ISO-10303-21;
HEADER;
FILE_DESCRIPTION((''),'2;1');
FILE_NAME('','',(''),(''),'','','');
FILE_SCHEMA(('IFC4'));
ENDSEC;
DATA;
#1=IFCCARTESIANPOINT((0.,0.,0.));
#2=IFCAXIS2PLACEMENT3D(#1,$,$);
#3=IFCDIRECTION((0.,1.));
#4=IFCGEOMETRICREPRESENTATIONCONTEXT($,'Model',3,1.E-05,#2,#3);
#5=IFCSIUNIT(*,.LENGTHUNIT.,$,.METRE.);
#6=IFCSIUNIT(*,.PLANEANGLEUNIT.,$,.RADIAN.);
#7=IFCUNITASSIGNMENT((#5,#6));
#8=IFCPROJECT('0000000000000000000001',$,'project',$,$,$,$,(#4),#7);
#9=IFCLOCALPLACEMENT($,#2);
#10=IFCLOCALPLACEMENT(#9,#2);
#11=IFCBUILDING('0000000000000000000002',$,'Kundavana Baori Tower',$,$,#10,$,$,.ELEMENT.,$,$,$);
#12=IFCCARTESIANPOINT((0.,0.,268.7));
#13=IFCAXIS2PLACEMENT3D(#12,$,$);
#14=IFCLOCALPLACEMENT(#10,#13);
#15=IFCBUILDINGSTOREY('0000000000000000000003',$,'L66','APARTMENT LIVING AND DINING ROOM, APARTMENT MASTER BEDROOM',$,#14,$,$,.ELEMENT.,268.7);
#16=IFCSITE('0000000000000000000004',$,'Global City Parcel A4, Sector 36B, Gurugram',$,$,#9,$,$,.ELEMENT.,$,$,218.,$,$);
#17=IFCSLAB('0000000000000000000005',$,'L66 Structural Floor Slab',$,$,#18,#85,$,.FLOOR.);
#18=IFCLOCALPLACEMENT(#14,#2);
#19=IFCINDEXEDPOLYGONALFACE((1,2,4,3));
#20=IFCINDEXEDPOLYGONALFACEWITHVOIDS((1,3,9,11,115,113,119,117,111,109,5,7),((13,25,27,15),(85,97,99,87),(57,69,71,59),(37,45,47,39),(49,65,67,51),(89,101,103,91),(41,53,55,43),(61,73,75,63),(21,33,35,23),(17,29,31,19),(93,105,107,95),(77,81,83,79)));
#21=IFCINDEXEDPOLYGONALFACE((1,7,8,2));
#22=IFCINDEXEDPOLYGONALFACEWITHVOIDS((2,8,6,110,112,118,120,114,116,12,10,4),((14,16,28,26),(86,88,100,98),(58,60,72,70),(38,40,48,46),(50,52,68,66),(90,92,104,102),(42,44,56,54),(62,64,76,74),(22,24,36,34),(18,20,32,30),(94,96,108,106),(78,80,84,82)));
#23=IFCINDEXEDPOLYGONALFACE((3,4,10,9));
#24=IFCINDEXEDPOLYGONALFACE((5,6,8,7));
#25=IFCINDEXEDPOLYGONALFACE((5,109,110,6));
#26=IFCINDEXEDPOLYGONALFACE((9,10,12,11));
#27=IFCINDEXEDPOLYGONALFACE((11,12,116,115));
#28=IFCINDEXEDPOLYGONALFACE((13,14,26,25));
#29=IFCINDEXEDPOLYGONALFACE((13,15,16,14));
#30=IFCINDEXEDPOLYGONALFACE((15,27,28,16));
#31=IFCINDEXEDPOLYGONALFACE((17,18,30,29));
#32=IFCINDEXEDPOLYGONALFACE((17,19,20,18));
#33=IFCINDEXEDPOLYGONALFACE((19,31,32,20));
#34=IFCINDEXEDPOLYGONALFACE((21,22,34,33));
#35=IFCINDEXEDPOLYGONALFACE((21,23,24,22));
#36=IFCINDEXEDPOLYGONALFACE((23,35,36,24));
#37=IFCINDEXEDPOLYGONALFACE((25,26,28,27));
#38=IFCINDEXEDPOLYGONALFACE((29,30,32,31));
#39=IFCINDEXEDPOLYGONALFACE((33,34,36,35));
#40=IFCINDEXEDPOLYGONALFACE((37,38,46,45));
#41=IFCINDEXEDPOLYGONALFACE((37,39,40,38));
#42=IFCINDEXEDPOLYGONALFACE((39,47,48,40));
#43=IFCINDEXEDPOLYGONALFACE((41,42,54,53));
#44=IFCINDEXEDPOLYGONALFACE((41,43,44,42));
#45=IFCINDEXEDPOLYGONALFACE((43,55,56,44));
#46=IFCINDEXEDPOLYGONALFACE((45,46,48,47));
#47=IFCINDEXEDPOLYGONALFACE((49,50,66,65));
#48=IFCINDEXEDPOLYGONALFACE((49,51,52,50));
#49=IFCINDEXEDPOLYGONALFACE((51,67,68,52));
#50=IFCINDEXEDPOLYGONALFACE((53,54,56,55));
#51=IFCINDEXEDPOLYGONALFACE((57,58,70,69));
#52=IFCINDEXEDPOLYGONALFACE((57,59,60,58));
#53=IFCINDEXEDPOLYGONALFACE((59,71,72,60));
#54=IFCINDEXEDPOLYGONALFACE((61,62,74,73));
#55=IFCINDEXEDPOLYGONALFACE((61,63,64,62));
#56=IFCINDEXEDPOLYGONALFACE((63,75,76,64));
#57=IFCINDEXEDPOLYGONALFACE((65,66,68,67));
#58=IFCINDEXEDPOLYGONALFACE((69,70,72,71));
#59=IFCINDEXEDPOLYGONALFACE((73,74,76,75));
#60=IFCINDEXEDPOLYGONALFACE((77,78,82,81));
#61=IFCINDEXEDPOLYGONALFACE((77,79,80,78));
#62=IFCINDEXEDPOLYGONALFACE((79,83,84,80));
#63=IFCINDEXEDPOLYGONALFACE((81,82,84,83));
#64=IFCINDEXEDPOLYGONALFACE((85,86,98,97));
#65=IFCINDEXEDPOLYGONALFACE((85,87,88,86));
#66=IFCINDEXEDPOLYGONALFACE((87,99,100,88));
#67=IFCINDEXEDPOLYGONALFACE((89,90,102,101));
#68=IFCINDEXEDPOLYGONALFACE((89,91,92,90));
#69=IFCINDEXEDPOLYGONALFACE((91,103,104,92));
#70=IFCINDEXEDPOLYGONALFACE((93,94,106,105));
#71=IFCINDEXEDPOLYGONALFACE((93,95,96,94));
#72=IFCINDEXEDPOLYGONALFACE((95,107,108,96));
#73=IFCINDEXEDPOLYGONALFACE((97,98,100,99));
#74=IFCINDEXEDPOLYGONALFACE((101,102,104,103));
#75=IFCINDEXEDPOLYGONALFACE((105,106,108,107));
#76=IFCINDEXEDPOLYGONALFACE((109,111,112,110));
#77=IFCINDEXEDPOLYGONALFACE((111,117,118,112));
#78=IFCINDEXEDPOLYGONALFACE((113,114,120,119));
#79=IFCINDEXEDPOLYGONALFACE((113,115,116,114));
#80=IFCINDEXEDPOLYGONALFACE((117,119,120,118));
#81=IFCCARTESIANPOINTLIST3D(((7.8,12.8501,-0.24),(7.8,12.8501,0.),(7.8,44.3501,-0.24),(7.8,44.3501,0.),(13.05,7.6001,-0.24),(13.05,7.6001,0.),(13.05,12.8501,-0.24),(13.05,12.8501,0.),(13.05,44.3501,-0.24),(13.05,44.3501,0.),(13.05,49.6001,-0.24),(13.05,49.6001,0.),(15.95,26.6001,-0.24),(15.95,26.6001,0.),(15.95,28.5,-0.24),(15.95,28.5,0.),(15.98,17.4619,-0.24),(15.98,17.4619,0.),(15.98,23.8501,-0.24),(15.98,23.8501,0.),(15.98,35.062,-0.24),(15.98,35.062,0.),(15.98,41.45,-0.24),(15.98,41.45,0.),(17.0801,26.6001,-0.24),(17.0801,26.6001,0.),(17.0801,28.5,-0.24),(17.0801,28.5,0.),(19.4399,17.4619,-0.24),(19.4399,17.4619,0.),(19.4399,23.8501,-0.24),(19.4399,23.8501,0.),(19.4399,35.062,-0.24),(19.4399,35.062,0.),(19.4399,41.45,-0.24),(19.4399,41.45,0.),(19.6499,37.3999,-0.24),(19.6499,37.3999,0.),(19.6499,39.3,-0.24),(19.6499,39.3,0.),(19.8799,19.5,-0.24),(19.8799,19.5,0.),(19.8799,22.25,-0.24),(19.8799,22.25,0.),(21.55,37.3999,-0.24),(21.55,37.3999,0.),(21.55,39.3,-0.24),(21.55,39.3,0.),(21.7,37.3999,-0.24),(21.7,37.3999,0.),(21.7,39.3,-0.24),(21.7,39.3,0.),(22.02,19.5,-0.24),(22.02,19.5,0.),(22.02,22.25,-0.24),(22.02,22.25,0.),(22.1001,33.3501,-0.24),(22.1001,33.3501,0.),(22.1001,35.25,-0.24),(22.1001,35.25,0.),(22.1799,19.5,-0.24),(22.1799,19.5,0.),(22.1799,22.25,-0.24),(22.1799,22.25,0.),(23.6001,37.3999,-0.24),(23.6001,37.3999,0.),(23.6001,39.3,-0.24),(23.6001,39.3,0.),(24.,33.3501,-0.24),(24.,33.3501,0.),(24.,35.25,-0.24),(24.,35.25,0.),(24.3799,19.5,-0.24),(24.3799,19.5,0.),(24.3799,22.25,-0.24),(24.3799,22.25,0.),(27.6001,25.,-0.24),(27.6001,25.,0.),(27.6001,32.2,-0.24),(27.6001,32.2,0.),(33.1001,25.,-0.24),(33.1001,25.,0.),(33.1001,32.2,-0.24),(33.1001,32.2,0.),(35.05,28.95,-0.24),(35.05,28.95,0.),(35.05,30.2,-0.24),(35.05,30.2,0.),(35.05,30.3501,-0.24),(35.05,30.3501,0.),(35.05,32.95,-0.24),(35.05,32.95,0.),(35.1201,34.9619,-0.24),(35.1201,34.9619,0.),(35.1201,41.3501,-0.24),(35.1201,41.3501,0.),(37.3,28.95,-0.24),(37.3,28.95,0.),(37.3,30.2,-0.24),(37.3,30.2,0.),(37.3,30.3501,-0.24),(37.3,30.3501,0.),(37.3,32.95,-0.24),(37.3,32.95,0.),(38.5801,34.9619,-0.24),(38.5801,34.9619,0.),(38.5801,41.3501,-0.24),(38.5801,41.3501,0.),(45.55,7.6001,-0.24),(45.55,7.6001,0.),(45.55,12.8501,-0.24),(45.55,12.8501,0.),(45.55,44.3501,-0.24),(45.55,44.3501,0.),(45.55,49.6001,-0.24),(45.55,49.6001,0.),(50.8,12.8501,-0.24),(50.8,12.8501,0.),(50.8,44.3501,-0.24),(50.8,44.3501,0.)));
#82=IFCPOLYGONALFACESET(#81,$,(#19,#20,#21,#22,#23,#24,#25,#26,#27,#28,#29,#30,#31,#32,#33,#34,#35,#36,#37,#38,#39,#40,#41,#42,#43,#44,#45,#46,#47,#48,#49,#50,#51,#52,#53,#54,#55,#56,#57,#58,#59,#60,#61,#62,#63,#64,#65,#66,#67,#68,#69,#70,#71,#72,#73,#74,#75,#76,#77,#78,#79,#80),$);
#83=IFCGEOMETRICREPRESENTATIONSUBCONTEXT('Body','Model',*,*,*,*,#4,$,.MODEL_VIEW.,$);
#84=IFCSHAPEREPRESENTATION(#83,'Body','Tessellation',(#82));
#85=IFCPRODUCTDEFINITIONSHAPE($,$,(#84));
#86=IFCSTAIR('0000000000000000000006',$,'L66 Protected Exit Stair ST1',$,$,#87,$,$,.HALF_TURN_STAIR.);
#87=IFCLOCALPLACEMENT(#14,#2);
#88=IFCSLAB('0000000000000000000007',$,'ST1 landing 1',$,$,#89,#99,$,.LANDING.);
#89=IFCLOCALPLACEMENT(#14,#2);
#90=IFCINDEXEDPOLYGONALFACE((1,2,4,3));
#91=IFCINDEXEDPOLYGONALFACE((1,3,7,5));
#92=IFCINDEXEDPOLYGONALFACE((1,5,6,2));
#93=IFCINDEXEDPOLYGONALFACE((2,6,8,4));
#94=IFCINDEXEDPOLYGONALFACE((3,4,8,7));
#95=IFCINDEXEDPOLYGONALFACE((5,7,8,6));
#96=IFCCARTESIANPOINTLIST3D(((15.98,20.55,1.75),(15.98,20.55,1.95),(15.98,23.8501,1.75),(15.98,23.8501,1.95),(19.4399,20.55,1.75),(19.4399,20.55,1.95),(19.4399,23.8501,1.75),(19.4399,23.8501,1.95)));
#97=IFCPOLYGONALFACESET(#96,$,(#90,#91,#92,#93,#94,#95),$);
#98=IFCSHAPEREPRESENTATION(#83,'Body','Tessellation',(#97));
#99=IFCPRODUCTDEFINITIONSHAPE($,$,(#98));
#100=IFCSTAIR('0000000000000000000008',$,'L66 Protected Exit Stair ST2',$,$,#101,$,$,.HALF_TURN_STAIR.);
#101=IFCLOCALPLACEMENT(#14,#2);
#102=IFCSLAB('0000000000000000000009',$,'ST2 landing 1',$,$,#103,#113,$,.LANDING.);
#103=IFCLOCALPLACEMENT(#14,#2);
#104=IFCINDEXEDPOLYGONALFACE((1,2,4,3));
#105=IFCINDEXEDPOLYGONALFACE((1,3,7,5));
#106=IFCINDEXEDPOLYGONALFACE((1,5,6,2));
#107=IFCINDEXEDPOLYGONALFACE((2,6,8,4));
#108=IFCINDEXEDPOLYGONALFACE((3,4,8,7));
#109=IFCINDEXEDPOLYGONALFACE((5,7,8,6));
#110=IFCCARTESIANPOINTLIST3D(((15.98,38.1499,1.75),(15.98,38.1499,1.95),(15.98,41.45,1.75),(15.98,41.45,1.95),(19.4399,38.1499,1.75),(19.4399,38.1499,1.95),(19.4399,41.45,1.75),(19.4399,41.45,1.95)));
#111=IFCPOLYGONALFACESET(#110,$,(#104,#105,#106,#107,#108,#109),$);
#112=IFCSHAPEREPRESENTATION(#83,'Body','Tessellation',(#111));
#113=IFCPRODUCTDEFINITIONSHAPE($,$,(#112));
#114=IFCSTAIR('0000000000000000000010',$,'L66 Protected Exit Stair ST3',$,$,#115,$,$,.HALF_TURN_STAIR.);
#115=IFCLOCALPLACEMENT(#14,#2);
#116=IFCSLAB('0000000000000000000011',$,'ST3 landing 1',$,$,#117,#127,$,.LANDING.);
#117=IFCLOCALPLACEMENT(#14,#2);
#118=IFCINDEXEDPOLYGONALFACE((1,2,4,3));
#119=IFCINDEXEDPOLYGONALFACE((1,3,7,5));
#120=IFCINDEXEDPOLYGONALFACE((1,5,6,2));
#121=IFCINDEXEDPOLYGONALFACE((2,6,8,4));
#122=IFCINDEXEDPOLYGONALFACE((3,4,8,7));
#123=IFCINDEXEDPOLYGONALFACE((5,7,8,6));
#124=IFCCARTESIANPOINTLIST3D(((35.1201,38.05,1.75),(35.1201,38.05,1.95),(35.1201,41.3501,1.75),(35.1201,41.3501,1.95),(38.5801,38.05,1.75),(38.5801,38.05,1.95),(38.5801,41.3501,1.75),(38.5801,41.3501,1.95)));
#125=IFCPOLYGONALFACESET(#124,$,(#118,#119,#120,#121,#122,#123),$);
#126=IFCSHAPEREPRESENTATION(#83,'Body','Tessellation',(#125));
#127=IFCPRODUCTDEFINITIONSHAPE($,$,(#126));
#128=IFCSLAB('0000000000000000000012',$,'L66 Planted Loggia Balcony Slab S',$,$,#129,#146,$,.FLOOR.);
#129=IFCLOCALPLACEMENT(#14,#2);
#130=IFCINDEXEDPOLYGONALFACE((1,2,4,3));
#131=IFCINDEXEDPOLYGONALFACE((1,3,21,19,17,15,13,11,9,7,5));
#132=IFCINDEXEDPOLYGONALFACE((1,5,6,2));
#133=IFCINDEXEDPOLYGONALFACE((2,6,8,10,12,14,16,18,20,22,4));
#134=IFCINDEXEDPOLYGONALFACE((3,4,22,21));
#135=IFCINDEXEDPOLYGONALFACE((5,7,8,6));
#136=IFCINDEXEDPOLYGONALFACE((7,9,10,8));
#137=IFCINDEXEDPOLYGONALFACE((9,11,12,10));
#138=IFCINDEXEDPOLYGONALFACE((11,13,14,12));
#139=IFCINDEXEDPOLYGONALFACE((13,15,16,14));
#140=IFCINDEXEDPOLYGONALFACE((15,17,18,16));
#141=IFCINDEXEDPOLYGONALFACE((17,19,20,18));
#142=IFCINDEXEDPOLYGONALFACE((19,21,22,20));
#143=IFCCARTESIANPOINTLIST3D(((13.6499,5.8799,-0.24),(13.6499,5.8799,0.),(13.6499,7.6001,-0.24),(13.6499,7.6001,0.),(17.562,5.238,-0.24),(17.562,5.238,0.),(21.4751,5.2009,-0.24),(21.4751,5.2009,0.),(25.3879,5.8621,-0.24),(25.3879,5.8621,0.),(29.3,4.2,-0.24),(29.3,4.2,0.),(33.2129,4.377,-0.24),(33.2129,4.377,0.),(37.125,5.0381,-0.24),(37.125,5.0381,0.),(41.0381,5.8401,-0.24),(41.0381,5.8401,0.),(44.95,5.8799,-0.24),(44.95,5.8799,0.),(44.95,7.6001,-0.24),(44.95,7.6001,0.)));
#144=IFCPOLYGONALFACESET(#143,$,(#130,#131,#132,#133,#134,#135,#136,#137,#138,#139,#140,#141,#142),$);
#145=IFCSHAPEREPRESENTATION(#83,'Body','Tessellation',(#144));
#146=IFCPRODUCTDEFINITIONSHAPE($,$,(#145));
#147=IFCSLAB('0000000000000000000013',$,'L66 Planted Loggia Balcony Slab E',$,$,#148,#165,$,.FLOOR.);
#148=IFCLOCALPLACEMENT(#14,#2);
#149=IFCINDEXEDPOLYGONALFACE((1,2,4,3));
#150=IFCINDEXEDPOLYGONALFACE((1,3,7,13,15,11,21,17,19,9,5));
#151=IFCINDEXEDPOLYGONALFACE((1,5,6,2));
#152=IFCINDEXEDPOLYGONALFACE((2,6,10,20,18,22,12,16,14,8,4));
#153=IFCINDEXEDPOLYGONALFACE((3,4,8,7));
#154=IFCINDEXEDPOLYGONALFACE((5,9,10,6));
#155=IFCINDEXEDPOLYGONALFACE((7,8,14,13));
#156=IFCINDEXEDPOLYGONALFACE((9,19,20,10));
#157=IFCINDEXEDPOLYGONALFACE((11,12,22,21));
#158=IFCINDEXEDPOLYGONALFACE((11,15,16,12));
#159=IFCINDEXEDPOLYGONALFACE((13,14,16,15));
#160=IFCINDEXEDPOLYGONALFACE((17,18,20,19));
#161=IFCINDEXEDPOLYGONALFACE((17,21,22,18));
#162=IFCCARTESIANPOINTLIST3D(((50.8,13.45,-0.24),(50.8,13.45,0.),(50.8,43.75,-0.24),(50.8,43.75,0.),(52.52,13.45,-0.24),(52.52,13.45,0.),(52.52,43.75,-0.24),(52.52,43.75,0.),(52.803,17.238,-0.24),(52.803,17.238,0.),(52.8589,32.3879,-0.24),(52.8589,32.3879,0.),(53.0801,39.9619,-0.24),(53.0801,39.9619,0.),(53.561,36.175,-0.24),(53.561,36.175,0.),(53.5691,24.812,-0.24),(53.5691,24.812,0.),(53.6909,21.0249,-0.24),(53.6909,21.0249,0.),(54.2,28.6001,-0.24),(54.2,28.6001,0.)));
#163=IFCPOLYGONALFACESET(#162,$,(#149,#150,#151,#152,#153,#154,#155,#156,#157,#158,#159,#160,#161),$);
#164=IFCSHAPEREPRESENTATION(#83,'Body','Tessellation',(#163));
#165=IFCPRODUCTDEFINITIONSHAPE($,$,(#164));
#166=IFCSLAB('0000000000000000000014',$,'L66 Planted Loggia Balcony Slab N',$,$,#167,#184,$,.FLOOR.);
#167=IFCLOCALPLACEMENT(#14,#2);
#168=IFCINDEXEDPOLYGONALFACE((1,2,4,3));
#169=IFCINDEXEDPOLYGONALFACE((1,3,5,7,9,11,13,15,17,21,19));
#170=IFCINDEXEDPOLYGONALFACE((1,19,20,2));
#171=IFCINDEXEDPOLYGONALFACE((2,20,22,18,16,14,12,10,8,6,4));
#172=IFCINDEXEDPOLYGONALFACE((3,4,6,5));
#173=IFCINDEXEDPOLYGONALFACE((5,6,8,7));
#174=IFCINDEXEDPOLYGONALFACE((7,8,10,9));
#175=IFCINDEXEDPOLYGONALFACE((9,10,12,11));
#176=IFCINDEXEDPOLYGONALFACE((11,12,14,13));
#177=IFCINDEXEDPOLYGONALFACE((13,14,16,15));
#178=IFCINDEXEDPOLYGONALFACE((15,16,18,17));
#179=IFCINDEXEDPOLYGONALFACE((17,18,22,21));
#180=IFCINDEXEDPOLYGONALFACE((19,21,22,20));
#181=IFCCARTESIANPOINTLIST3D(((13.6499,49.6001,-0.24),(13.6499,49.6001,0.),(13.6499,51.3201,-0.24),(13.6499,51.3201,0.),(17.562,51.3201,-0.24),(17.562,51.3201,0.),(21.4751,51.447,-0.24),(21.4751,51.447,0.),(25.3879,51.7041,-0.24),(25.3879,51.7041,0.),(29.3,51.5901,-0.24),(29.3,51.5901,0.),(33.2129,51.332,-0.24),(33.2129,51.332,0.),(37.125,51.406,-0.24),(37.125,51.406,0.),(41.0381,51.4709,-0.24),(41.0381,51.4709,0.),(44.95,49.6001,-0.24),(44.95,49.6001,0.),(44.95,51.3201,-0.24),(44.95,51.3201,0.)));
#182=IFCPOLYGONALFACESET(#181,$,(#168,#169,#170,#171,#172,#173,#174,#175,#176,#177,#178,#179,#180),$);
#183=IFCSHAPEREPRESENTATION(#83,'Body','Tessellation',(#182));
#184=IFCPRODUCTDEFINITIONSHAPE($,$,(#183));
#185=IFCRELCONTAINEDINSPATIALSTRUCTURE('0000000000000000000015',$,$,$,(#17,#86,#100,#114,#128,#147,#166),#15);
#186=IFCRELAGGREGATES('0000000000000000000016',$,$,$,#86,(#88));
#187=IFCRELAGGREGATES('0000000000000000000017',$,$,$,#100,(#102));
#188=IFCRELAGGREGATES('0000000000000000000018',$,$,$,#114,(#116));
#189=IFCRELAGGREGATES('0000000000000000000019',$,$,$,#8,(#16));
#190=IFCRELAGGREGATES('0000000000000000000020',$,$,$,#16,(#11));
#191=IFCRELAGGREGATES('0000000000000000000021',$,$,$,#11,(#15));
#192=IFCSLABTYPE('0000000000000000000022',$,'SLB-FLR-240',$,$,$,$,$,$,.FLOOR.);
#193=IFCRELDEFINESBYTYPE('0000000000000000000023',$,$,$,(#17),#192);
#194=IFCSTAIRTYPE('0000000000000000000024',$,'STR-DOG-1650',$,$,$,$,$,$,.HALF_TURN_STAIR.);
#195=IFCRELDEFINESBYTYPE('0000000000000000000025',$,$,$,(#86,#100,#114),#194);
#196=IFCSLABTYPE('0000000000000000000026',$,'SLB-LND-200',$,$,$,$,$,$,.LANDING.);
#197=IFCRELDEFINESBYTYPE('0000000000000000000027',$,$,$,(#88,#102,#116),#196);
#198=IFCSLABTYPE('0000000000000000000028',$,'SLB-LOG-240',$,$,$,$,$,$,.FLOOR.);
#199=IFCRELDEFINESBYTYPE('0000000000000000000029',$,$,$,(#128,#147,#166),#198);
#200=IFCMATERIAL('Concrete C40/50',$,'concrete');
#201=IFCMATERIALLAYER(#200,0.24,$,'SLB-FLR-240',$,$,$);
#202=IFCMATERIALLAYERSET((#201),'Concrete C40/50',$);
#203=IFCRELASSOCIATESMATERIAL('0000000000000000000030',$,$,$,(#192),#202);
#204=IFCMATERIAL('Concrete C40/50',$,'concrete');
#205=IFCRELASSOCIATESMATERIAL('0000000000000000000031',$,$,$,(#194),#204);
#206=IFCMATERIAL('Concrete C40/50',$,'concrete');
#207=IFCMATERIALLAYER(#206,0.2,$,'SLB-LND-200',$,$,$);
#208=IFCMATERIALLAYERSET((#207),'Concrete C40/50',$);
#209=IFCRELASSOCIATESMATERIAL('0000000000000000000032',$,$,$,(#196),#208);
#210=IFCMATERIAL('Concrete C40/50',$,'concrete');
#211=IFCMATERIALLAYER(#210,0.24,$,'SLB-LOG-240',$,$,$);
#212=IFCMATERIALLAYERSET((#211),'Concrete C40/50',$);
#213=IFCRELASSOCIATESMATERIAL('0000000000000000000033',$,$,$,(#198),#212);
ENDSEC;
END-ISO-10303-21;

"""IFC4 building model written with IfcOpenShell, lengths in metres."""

from ifc_helpers import new_model, si_unit, direction, frame, origin, place, context, subcontext, project, spatial, polyline, outline, extrude, material, layer, layer_set, type_object, element, aggregate, save


model = new_model("IFC4")

# Units and contexts
model_context = context("Model", 3, precision=1e-05, world=origin(), true_north=direction((0.0, 1.0)))
body_context = subcontext(model_context, "Body", "Model", "MODEL_VIEW")
ifc_project = project(units=[si_unit("LENGTHUNIT", "METRE"), si_unit("PLANEANGLEUNIT", "RADIAN")], contexts=[model_context])

# Site, building, storey
site_placement = place(None, origin())
site = spatial("IfcSite", under=ifc_project, at=site_placement, Name="Global City Parcel A4, Sector 36B, Gurugram", CompositionType="ELEMENT", RefElevation=218.0)
building_placement = place(site_placement, origin())
building = spatial("IfcBuilding", under=site, at=building_placement, Name="Kundavana Baori Tower", CompositionType="ELEMENT")
storey_placement = place(building_placement, frame((0.0, 0.0, 268.7)))
storey = spatial("IfcBuildingStorey", under=building, at=storey_placement, Name="L66", Description="APARTMENT LIVING AND DINING ROOM, APARTMENT MASTER BEDROOM", CompositionType="ELEMENT", Elevation=268.7)

# Slab
ifc_material_1 = material(Name="Concrete C40/50", Category="concrete")
ifc_layer_1 = layer(ifc_material_1, 0.24, Name="SLB-FLR-240")
ifc_layer_set_1 = layer_set([ifc_layer_1], Name="Concrete C40/50")
slab_type_1 = type_object("IfcSlabType", Name="SLB-FLR-240", PredefinedType="FLOOR", material=ifc_layer_set_1)
slab_1_placement = place(storey_placement, frame((0.0, 0.0, -0.24)))
element("IfcSlab", 1, at=slab_1_placement, inside=storey, type_object=slab_type_1, Name="L66 Structural Floor Slab", PredefinedType="FLOOR", context=body_context, shape_type="SweptSolid", body=[
    extrude(outline(polyline([(13.05, 7.6001), (45.55, 7.6001), (45.55, 12.8501), (50.8, 12.8501), (50.8, 44.3501), (45.55, 44.3501), (45.55, 49.6001), (13.05, 49.6001), (13.05, 44.3501), (7.8, 44.3501), (7.8, 12.8501), (13.05, 12.8501), (13.05, 7.6001)]), holes=[polyline([(19.4399, 17.4619), (19.4399, 23.8501), (15.98, 23.8501), (15.98, 17.4619), (19.4399, 17.4619)]), polyline([(19.4399, 35.062), (19.4399, 41.45), (15.98, 41.45), (15.98, 35.062), (19.4399, 35.062)]), polyline([(38.5801, 34.9619), (38.5801, 41.3501), (35.1201, 41.3501), (35.1201, 34.9619), (38.5801, 34.9619)]), polyline([(19.6499, 37.3999), (21.55, 37.3999), (21.55, 39.3), (19.6499, 39.3), (19.6499, 37.3999)]), polyline([(21.7, 37.3999), (23.6001, 37.3999), (23.6001, 39.3), (21.7, 39.3), (21.7, 37.3999)]), polyline([(22.1001, 33.3501), (24.0, 33.3501), (24.0, 35.25), (22.1001, 35.25), (22.1001, 33.3501)]), polyline([(19.8799, 19.5), (22.02, 19.5), (22.02, 22.25), (19.8799, 22.25), (19.8799, 19.5)]), polyline([(22.1799, 19.5), (24.3799, 19.5), (24.3799, 22.25), (22.1799, 22.25), (22.1799, 19.5)]), polyline([(35.05, 30.3501), (37.3, 30.3501), (37.3, 32.95), (35.05, 32.95), (35.05, 30.3501)]), polyline([(15.95, 26.6001), (17.0801, 26.6001), (17.0801, 28.5), (15.95, 28.5), (15.95, 26.6001)]), polyline([(35.05, 28.95), (37.3, 28.95), (37.3, 30.2), (35.05, 30.2), (35.05, 28.95)]), polyline([(27.6001, 25.0), (33.1001, 25.0), (33.1001, 32.2), (27.6001, 32.2), (27.6001, 25.0)])]), origin(), (0.0, 0.0, 1.0), 0.24),
])

# Stairs, slabs
ifc_material_2 = material(Name="Concrete C40/50", Category="concrete")
stair_type = type_object("IfcStairType", Name="STR-DOG-1650", PredefinedType="HALF_TURN_STAIR", material=ifc_material_2)
stair_1_placement = place(storey_placement, origin())
stair_1 = element("IfcStair", 2, at=stair_1_placement, inside=storey, type_object=stair_type, Name="L66 Protected Exit Stair ST1", PredefinedType="HALF_TURN_STAIR")
ifc_material_3 = material(Name="Concrete C40/50", Category="concrete")
ifc_layer_2 = layer(ifc_material_3, 0.2, Name="SLB-LND-200")
ifc_layer_set_2 = layer_set([ifc_layer_2], Name="Concrete C40/50")
slab_type_2 = type_object("IfcSlabType", Name="SLB-LND-200", PredefinedType="LANDING", material=ifc_layer_set_2)
slab_2_placement = place(storey_placement, frame((0.0, 0.0, 1.75)))
slab_2 = element("IfcSlab", 3, at=slab_2_placement, type_object=slab_type_2, Name="ST1 landing 1", PredefinedType="LANDING", context=body_context, shape_type="SweptSolid", body=[
    extrude(outline(polyline([(19.4399, 20.55), (19.4399, 23.8501), (15.98, 23.8501), (15.98, 20.55), (19.4399, 20.55)])), origin(), (0.0, 0.0, 1.0), 0.2),
])
aggregate(stair_1, [slab_2])
stair_2_placement = place(storey_placement, origin())
stair_2 = element("IfcStair", 4, at=stair_2_placement, inside=storey, type_object=stair_type, Name="L66 Protected Exit Stair ST2", PredefinedType="HALF_TURN_STAIR")
slab_3_placement = place(storey_placement, frame((0.0, 0.0, 1.75)))
slab_3 = element("IfcSlab", 5, at=slab_3_placement, type_object=slab_type_2, Name="ST2 landing 1", PredefinedType="LANDING", context=body_context, shape_type="SweptSolid", body=[
    extrude(outline(polyline([(19.4399, 38.1499), (19.4399, 41.45), (15.98, 41.45), (15.98, 38.1499), (19.4399, 38.1499)])), origin(), (0.0, 0.0, 1.0), 0.2),
])
aggregate(stair_2, [slab_3])
stair_3_placement = place(storey_placement, origin())
stair_3 = element("IfcStair", 6, at=stair_3_placement, inside=storey, type_object=stair_type, Name="L66 Protected Exit Stair ST3", PredefinedType="HALF_TURN_STAIR")
slab_4_placement = place(storey_placement, frame((0.0, 0.0, 1.75)))
slab_4 = element("IfcSlab", 7, at=slab_4_placement, type_object=slab_type_2, Name="ST3 landing 1", PredefinedType="LANDING", context=body_context, shape_type="SweptSolid", body=[
    extrude(outline(polyline([(38.5801, 38.05), (38.5801, 41.3501), (35.1201, 41.3501), (35.1201, 38.05), (38.5801, 38.05)])), origin(), (0.0, 0.0, 1.0), 0.2),
])
aggregate(stair_3, [slab_4])

# Slabs
ifc_material_4 = material(Name="Concrete C40/50", Category="concrete")
ifc_layer_3 = layer(ifc_material_4, 0.24, Name="SLB-LOG-240")
ifc_layer_set_3 = layer_set([ifc_layer_3], Name="Concrete C40/50")
slab_type_3 = type_object("IfcSlabType", Name="SLB-LOG-240", PredefinedType="FLOOR", material=ifc_layer_set_3)
slab_5_placement = place(storey_placement, frame((0.0, 0.0, -0.24)))
element("IfcSlab", 8, at=slab_5_placement, inside=storey, type_object=slab_type_3, Name="L66 Planted Loggia Balcony Slab S", PredefinedType="FLOOR", context=body_context, shape_type="SweptSolid", body=[
    extrude(outline(polyline([(13.6499, 7.6001), (44.95, 7.6001), (44.95, 5.8799), (41.0381, 5.8401), (37.125, 5.0381), (33.2129, 4.377), (29.3, 4.2), (25.3879, 5.8621), (21.4751, 5.2009), (17.562, 5.238), (13.6499, 5.8799), (13.6499, 7.6001)])), origin(), (0.0, 0.0, 1.0), 0.24),
])
slab_6_placement = place(storey_placement, frame((0.0, 0.0, -0.24)))
element("IfcSlab", 9, at=slab_6_placement, inside=storey, type_object=slab_type_3, Name="L66 Planted Loggia Balcony Slab E", PredefinedType="FLOOR", context=body_context, shape_type="SweptSolid", body=[
    extrude(outline(polyline([(50.8, 13.45), (50.8, 43.75), (52.52, 43.75), (53.0801, 39.9619), (53.561, 36.175), (52.8589, 32.3879), (54.2, 28.6001), (53.5691, 24.812), (53.6909, 21.0249), (52.803, 17.238), (52.52, 13.45), (50.8, 13.45)])), origin(), (0.0, 0.0, 1.0), 0.24),
])
slab_7_placement = place(storey_placement, frame((0.0, 0.0, -0.24)))
element("IfcSlab", 10, at=slab_7_placement, inside=storey, type_object=slab_type_3, Name="L66 Planted Loggia Balcony Slab N", PredefinedType="FLOOR", context=body_context, shape_type="SweptSolid", body=[
    extrude(outline(polyline([(44.95, 49.6001), (13.6499, 49.6001), (13.6499, 51.3201), (17.562, 51.3201), (21.4751, 51.447), (25.3879, 51.7041), (29.3, 51.5901), (33.2129, 51.332), (37.125, 51.406), (41.0381, 51.4709), (44.95, 51.3201), (44.95, 49.6001)])), origin(), (0.0, 0.0, 1.0), 0.24),
])

save(model, "model.ifc")
